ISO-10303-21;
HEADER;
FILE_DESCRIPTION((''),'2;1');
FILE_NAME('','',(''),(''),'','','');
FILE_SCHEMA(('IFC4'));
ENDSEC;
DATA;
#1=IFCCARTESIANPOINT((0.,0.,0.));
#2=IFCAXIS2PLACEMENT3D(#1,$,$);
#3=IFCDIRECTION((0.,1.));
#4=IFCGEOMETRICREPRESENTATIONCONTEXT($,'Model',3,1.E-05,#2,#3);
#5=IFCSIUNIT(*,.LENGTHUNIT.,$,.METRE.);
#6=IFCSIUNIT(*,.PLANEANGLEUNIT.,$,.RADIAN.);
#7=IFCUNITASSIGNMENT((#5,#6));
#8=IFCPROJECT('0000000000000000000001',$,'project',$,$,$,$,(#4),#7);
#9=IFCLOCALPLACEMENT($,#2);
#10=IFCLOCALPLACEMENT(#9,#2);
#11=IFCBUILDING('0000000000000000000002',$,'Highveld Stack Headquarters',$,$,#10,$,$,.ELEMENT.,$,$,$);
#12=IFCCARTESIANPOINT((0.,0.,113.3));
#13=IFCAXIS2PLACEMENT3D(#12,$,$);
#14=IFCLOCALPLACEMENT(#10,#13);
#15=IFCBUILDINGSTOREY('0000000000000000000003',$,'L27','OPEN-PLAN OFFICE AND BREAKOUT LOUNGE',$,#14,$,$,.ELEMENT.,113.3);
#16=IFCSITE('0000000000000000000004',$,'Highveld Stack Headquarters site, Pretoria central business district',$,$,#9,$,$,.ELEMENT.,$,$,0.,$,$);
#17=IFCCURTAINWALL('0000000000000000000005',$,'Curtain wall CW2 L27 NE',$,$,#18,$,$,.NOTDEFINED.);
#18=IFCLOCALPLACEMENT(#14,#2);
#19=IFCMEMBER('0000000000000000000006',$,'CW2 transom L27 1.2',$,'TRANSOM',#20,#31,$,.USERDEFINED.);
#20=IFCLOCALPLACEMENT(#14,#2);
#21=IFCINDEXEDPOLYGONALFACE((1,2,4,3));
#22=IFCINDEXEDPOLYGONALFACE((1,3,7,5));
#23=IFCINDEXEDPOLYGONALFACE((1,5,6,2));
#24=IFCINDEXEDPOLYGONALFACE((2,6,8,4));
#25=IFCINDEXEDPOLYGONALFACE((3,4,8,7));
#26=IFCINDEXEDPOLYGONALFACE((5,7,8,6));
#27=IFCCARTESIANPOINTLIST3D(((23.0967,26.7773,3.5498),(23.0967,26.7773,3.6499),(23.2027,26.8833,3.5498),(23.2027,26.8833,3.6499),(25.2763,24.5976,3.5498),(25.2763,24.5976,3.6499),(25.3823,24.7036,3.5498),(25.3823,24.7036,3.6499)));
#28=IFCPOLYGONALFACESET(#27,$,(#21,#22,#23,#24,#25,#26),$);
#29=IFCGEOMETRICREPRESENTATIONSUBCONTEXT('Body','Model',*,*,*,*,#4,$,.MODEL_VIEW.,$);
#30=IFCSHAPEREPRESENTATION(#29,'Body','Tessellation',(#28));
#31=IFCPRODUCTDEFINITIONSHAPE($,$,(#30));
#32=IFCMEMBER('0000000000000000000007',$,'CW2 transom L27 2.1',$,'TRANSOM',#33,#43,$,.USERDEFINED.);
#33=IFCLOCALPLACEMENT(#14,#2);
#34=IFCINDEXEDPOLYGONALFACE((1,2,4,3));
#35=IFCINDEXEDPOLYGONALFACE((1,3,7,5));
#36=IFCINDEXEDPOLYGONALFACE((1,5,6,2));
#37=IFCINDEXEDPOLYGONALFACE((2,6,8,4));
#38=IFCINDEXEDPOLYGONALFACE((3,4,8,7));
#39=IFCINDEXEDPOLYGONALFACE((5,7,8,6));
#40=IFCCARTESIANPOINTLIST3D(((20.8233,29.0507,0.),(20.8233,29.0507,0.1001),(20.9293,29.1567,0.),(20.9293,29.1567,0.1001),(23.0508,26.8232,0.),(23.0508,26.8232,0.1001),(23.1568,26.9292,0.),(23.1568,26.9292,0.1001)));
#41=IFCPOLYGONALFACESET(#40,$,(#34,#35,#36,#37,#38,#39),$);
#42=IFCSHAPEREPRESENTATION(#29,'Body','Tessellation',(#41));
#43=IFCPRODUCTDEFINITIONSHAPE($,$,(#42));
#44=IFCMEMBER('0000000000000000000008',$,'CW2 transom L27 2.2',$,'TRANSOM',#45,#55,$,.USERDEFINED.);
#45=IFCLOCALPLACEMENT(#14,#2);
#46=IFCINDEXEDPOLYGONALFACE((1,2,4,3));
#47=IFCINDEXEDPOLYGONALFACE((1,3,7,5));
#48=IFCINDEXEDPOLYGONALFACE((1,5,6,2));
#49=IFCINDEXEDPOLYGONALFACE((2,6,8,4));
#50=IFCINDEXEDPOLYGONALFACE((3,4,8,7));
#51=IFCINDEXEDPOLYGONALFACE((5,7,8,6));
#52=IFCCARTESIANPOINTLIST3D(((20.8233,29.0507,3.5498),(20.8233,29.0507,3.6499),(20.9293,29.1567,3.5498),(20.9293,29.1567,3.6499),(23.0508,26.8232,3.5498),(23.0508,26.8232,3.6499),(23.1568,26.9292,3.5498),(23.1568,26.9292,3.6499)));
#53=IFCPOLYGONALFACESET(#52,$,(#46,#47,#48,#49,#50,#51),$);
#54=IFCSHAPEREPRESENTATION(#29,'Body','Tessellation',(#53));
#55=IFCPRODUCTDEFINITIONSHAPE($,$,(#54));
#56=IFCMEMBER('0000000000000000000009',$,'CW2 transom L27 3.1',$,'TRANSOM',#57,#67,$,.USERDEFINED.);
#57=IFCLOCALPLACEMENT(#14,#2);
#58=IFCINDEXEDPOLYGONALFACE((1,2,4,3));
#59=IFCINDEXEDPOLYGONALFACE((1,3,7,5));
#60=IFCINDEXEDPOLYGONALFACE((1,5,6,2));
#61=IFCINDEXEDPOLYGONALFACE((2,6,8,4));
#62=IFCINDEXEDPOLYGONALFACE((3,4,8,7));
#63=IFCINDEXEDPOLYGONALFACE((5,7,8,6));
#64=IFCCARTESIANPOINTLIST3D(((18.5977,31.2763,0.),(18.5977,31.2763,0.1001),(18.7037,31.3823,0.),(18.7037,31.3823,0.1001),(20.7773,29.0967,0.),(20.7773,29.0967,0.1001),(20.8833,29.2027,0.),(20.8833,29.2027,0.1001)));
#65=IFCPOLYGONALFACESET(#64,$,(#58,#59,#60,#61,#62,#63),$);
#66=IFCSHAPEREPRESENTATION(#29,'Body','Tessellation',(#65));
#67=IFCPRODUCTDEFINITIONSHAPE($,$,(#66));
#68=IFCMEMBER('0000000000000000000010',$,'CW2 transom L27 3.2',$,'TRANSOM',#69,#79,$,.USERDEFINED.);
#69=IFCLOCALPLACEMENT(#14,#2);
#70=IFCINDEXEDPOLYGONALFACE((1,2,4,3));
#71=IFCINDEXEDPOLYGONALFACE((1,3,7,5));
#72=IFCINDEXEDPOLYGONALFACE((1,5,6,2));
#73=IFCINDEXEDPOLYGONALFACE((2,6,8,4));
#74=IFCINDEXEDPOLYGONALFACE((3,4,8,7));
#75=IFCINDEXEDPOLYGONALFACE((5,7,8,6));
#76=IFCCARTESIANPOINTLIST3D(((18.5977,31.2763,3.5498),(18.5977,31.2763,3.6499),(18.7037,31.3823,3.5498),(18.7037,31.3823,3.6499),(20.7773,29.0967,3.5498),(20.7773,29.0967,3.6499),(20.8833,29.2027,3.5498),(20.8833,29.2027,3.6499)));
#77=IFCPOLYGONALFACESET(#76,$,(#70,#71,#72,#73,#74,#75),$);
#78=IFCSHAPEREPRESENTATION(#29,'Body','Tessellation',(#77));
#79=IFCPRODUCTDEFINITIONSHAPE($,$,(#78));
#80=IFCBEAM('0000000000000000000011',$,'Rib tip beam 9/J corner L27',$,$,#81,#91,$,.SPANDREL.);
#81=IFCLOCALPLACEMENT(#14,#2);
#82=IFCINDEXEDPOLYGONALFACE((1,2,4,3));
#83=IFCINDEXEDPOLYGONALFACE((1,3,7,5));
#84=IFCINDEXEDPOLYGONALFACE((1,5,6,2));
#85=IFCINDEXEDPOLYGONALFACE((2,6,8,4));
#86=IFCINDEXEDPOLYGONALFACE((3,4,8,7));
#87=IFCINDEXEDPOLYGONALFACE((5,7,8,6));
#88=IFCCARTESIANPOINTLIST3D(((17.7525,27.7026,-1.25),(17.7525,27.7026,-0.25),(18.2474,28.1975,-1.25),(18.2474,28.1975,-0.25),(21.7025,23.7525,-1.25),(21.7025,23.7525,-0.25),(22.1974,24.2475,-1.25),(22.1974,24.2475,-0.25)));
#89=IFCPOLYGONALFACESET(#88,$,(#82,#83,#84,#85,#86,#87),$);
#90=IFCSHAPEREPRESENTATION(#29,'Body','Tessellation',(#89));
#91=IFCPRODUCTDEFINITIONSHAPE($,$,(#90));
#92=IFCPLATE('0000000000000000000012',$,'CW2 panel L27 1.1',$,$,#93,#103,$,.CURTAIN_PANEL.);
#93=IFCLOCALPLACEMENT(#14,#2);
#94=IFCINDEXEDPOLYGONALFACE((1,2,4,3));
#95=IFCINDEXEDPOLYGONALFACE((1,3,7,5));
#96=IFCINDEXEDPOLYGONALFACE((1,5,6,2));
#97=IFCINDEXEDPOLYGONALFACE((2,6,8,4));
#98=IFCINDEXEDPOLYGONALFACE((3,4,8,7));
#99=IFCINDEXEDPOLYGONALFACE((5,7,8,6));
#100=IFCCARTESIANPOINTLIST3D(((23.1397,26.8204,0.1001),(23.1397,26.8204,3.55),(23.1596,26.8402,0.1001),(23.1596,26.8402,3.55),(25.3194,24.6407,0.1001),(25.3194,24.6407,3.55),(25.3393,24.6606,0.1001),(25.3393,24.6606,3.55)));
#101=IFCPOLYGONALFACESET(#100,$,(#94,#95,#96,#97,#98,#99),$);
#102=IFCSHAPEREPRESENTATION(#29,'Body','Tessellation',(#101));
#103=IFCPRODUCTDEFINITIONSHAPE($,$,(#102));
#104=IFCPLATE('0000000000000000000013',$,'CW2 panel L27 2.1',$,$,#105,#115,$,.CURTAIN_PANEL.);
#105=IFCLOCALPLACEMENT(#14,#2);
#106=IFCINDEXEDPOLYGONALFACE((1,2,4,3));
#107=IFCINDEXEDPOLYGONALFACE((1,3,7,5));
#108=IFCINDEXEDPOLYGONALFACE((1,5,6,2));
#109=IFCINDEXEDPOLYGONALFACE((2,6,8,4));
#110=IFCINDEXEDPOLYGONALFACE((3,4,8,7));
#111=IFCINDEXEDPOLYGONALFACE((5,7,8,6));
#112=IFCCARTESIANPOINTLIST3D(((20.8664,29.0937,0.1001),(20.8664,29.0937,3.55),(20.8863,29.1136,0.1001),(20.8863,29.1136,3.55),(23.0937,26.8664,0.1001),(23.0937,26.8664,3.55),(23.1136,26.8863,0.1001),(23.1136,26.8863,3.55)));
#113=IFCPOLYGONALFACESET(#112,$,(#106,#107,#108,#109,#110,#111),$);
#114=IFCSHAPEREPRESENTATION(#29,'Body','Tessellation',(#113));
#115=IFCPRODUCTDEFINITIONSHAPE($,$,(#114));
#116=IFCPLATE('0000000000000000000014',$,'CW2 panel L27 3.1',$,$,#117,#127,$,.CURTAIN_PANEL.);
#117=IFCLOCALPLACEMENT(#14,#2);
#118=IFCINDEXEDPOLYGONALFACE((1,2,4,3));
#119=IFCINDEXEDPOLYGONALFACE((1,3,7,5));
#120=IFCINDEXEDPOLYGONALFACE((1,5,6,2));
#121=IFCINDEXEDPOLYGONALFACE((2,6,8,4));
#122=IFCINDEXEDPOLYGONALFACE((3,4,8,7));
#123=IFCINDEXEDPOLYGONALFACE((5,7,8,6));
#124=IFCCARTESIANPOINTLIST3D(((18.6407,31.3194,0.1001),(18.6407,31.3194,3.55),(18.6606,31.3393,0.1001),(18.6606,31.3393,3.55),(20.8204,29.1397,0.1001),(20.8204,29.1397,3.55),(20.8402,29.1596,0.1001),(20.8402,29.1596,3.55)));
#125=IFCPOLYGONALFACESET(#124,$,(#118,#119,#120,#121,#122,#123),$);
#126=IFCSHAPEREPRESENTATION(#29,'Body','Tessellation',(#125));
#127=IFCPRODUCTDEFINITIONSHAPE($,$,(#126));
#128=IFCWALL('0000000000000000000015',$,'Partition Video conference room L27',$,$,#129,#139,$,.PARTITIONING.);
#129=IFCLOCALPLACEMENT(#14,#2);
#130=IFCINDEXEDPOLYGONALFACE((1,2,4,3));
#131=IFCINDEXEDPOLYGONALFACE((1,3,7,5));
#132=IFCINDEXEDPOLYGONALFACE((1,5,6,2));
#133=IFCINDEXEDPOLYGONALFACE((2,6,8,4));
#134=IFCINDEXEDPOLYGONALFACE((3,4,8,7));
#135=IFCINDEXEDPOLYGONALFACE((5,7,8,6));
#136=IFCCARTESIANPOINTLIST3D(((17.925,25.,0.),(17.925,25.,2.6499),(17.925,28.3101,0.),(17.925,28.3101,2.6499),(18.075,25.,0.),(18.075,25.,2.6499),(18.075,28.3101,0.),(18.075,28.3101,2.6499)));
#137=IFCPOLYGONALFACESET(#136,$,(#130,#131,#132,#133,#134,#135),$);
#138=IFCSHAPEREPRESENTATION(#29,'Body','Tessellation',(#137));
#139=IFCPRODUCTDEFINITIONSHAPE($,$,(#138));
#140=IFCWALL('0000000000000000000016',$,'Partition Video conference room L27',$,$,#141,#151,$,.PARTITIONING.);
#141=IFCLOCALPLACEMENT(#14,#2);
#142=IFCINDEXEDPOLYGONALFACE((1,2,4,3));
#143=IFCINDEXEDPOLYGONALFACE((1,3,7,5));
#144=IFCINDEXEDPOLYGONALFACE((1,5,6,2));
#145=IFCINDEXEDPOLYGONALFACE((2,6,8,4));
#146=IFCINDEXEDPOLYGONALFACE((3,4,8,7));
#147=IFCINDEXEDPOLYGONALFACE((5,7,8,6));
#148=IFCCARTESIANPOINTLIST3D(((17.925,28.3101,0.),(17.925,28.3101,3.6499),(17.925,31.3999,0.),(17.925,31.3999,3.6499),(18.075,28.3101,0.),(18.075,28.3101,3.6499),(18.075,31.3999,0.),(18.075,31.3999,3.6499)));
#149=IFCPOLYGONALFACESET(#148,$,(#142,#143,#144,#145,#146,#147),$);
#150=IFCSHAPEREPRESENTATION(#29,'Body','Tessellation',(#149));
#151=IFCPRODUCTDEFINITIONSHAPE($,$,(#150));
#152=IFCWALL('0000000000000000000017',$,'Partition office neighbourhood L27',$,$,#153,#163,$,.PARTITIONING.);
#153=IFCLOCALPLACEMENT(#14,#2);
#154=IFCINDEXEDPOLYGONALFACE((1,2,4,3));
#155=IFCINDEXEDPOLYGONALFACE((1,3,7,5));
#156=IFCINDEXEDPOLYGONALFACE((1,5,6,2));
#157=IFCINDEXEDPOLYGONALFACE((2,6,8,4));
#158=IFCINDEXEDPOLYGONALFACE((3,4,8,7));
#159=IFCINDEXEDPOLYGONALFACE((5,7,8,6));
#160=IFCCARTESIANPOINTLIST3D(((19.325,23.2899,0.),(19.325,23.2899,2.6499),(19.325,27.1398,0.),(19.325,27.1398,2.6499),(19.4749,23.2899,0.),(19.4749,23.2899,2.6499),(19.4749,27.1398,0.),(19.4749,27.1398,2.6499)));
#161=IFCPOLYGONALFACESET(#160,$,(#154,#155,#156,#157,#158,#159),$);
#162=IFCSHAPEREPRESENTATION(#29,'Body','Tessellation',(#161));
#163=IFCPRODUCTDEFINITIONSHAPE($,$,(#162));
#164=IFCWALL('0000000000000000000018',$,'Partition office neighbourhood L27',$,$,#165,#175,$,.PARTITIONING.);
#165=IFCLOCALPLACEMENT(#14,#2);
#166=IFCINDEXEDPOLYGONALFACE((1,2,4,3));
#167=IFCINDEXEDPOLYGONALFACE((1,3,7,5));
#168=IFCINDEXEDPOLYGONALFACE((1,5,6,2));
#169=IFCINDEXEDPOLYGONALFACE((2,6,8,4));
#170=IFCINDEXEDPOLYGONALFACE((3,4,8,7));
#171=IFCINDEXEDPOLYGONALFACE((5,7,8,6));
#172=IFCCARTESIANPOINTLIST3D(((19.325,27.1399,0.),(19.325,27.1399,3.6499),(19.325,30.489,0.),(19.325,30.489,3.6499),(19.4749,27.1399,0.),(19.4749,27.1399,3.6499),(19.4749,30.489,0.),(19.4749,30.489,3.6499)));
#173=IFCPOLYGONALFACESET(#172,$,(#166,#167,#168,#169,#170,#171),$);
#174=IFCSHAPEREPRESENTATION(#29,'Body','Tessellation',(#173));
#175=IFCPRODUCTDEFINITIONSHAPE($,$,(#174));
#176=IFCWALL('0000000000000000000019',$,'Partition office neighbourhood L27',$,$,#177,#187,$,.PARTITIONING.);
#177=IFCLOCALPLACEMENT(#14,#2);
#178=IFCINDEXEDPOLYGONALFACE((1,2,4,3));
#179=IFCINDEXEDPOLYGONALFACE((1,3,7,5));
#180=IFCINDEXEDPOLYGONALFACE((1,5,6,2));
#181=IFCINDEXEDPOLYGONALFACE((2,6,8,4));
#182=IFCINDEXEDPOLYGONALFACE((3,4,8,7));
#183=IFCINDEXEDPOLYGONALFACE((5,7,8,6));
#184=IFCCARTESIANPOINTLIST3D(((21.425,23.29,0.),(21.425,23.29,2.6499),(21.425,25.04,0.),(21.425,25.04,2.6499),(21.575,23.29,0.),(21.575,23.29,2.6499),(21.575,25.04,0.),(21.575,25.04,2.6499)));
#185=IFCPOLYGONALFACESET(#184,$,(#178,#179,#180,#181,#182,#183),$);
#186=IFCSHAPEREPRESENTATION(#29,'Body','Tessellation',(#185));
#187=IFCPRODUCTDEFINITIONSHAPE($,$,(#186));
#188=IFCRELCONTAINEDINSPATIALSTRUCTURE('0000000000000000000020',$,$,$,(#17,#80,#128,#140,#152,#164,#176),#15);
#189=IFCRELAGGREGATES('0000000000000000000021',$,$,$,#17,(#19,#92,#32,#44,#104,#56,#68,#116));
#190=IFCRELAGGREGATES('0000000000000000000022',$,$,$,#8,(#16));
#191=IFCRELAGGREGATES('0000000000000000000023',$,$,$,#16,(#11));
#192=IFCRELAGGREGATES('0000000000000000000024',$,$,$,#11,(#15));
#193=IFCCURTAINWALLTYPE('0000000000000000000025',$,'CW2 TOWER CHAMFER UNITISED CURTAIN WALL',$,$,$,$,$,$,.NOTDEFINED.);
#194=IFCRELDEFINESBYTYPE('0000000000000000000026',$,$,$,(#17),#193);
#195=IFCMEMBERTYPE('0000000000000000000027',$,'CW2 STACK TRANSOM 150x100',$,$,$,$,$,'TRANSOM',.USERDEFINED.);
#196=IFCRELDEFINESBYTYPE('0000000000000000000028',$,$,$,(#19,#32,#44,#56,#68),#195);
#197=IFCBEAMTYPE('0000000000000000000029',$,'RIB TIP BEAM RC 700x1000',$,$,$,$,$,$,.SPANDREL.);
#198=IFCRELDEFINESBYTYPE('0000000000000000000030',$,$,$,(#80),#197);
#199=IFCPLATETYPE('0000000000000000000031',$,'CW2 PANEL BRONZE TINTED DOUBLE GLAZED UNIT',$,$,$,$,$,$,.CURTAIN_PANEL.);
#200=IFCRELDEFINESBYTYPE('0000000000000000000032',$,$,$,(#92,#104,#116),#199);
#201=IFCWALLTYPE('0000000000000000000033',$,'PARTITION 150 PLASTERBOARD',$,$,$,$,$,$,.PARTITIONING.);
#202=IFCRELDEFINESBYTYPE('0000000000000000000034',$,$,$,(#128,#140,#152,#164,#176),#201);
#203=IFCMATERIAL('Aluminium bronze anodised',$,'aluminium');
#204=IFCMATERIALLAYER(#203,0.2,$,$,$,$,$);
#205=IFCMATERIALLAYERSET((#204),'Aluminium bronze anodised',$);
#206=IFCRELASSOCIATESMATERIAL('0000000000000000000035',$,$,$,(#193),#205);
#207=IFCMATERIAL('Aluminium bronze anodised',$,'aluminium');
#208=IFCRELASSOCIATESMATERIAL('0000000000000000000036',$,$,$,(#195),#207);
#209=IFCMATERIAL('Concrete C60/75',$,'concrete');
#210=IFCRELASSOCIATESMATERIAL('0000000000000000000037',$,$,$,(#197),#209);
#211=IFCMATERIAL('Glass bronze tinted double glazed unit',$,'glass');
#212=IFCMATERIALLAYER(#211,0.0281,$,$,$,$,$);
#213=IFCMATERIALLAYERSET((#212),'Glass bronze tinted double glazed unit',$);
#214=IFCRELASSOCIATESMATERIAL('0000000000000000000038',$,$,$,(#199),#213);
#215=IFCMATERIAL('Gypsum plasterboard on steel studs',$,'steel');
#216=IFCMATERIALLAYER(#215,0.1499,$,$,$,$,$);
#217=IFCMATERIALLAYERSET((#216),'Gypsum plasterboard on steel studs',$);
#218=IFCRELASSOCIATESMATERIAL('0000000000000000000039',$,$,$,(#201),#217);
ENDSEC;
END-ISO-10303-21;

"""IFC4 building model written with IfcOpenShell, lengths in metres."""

from ifc_helpers import new_model, si_unit, direction, frame, frame_2d, origin, origin_2d, place, context, subcontext, project, spatial, rectangle, extrude, material, layer, layer_set, material_profile, profile_set, type_object, element, aggregate, save


model = new_model("IFC4")

# Units and contexts
model_context = context("Model", 3, precision=1e-05, world=origin(), true_north=direction((0.0, 1.0)))
body_context = subcontext(model_context, "Body", "Model", "MODEL_VIEW")
ifc_project = project(units=[si_unit("LENGTHUNIT", "METRE"), si_unit("PLANEANGLEUNIT", "RADIAN")], contexts=[model_context])

# Site, building, storey
site_placement = place(None, origin())
site = spatial("IfcSite", under=ifc_project, at=site_placement, Name="Highveld Stack Headquarters site, Pretoria central business district", CompositionType="ELEMENT", RefElevation=0.0)
building_placement = place(site_placement, origin())
building = spatial("IfcBuilding", under=site, at=building_placement, Name="Highveld Stack Headquarters", CompositionType="ELEMENT")
storey_placement = place(building_placement, frame((0.0, 0.0, 113.3)))
storey = spatial("IfcBuildingStorey", under=building, at=storey_placement, Name="L27", Description="OPEN-PLAN OFFICE AND BREAKOUT LOUNGE", CompositionType="ELEMENT", Elevation=113.3)

# Curtain wall, members
ifc_material_1 = material(Name="Aluminium bronze anodised", Category="aluminium")
ifc_layer_1 = layer(ifc_material_1, 0.2)
ifc_layer_set_1 = layer_set([ifc_layer_1], Name="Aluminium bronze anodised")
curtain_wall_type_1 = type_object("IfcCurtainWallType", Name="CW2 TOWER CHAMFER UNITISED CURTAIN WALL", PredefinedType="NOTDEFINED", material=ifc_layer_set_1)
curtain_wall_1_placement = place(storey_placement, origin())
curtain_wall_1 = element("IfcCurtainWall", 1, at=curtain_wall_1_placement, inside=storey, type_object=curtain_wall_type_1, Name="Curtain wall CW2 L27 NE", PredefinedType="NOTDEFINED")
ifc_material_2 = material(Name="Aluminium bronze anodised", Category="aluminium")
ifc_material_profile_1 = material_profile(ifc_material_2, rectangle(XDim=0.1499, YDim=0.1001, at=origin_2d()), Name="CW2 TRANSOM 150x100")
ifc_profile_set_1 = profile_set([ifc_material_profile_1], Name="Aluminium bronze anodised")
member_type_1 = type_object("IfcMemberType", Name="CW2 STACK TRANSOM 150x100", ElementType="TRANSOM", PredefinedType="USERDEFINED", material=ifc_profile_set_1)
member_1_placement = place(storey_placement, frame((25.3293, 24.6506, 3.5999), z_axis=(-0.707107, 0.707107, 0.0), x_axis=(-0.707107, -0.707107, 0.0)))
member_1 = element("IfcMember", 2, at=member_1_placement, type_object=member_type_1, Name="CW2 transom L27 1.2", ObjectType="TRANSOM", PredefinedType="USERDEFINED", context=body_context, shape_type="SweptSolid", body=[
    extrude(rectangle(XDim=0.1499, YDim=0.1001, at=origin_2d()), origin(), (0.0, 0.0, 1.0), 3.0825),
])
member_2_placement = place(storey_placement, frame((23.1038, 26.8762, 0.05), z_axis=(-0.707107, 0.707107, 0.0), x_axis=(-0.707107, -0.707107, 0.0)))
member_2 = element("IfcMember", 3, at=member_2_placement, type_object=member_type_1, Name="CW2 transom L27 2.1", ObjectType="TRANSOM", PredefinedType="USERDEFINED", context=body_context, shape_type="SweptSolid", body=[
    extrude(rectangle(XDim=0.1499, YDim=0.1001, at=origin_2d()), origin(), (0.0, 0.0, 1.0), 3.1501),
])
member_3_placement = place(storey_placement, frame((23.1038, 26.8762, 3.5999), z_axis=(-0.707107, 0.707107, 0.0), x_axis=(-0.707107, -0.707107, 0.0)))
member_3 = element("IfcMember", 4, at=member_3_placement, type_object=member_type_1, Name="CW2 transom L27 2.2", ObjectType="TRANSOM", PredefinedType="USERDEFINED", context=body_context, shape_type="SweptSolid", body=[
    extrude(rectangle(XDim=0.1499, YDim=0.1001, at=origin_2d()), origin(), (0.0, 0.0, 1.0), 3.1501),
])
member_4_placement = place(storey_placement, frame((20.8303, 29.1497, 0.05), z_axis=(-0.707107, 0.707107, 0.0), x_axis=(-0.707107, -0.707107, 0.0)))
member_4 = element("IfcMember", 5, at=member_4_placement, type_object=member_type_1, Name="CW2 transom L27 3.1", ObjectType="TRANSOM", PredefinedType="USERDEFINED", context=body_context, shape_type="SweptSolid", body=[
    extrude(rectangle(XDim=0.1499, YDim=0.1001, at=origin_2d()), origin(), (0.0, 0.0, 1.0), 3.0825),
])
member_5_placement = place(storey_placement, frame((20.8303, 29.1497, 3.5999), z_axis=(-0.707107, 0.707107, 0.0), x_axis=(-0.707107, -0.707107, 0.0)))
member_5 = element("IfcMember", 6, at=member_5_placement, type_object=member_type_1, Name="CW2 transom L27 3.2", ObjectType="TRANSOM", PredefinedType="USERDEFINED", context=body_context, shape_type="SweptSolid", body=[
    extrude(rectangle(XDim=0.1499, YDim=0.1001, at=origin_2d()), origin(), (0.0, 0.0, 1.0), 3.0825),
])

# Beam
ifc_material_3 = material(Name="Concrete C60/75", Category="concrete")
ifc_material_profile_2 = material_profile(ifc_material_3, rectangle(XDim=0.7, YDim=1.0, at=origin_2d()), Name="RC 700x1000")
ifc_profile_set_2 = profile_set([ifc_material_profile_2], Name="Concrete C60/75")
beam_type_1 = type_object("IfcBeamType", Name="RIB TIP BEAM RC 700x1000", PredefinedType="SPANDREL", material=ifc_profile_set_2)
beam_1_placement = place(storey_placement, frame((21.95, 24.0, -0.75), z_axis=(-0.707107, 0.707107, 0.0), x_axis=(-0.707107, -0.707107, 0.0)))
element("IfcBeam", 7, at=beam_1_placement, inside=storey, type_object=beam_type_1, Name="Rib tip beam 9/J corner L27", PredefinedType="SPANDREL", context=body_context, shape_type="SweptSolid", body=[
    extrude(rectangle(XDim=0.7, YDim=1.0, at=origin_2d()), origin(), (0.0, 0.0, 1.0), 5.5862),
])

# Plates
ifc_material_4 = material(Name="Glass bronze tinted double glazed unit", Category="glass")
ifc_layer_2 = layer(ifc_material_4, 0.0281)
ifc_layer_set_2 = layer_set([ifc_layer_2], Name="Glass bronze tinted double glazed unit")
plate_type = type_object("IfcPlateType", Name="CW2 PANEL BRONZE TINTED DOUBLE GLAZED UNIT", PredefinedType="CURTAIN_PANEL", material=ifc_layer_set_2)
plate_1_placement = place(storey_placement, frame((24.2395, 25.7405, 0.1001), z_axis=(0.0, 0.0, 1.0), x_axis=(-0.707107, 0.707107, 0.0)))
plate_1 = element("IfcPlate", 8, at=plate_1_placement, type_object=plate_type, Name="CW2 panel L27 1.1", PredefinedType="CURTAIN_PANEL", context=body_context, shape_type="SweptSolid", body=[
    extrude(rectangle(XDim=3.0825, YDim=0.0281, at=origin_2d()), origin(), (0.0, 0.0, 1.0), 3.45),
])
plate_2_placement = place(storey_placement, frame((21.99, 27.99, 0.1001), z_axis=(0.0, 0.0, 1.0), x_axis=(-0.707107, 0.707107, 0.0)))
plate_2 = element("IfcPlate", 9, at=plate_2_placement, type_object=plate_type, Name="CW2 panel L27 2.1", PredefinedType="CURTAIN_PANEL", context=body_context, shape_type="SweptSolid", body=[
    extrude(rectangle(XDim=3.1499, YDim=0.0281, at=origin_2d()), origin(), (0.0, 0.0, 1.0), 3.45),
])
plate_3_placement = place(storey_placement, frame((19.7405, 30.2395, 0.1001), z_axis=(0.0, 0.0, 1.0), x_axis=(-0.707107, 0.707107, 0.0)))
plate_3 = element("IfcPlate", 10, at=plate_3_placement, type_object=plate_type, Name="CW2 panel L27 3.1", PredefinedType="CURTAIN_PANEL", context=body_context, shape_type="SweptSolid", body=[
    extrude(rectangle(XDim=3.0825, YDim=0.0281, at=origin_2d()), origin(), (0.0, 0.0, 1.0), 3.45),
])
aggregate(curtain_wall_1, [member_1, plate_1, member_2, member_3, plate_2, member_4, member_5, plate_3])

# Walls
ifc_material_5 = material(Name="Gypsum plasterboard on steel studs", Category="steel")
ifc_layer_3 = layer(ifc_material_5, 0.1499)
ifc_layer_set_3 = layer_set([ifc_layer_3], Name="Gypsum plasterboard on steel studs")
wall_type = type_object("IfcWallType", Name="PARTITION 150 PLASTERBOARD", PredefinedType="PARTITIONING", material=ifc_layer_set_3)
wall_1_placement = place(storey_placement, frame((18.0, 25.0, 0.0), z_axis=(0.0, 0.0, 1.0), x_axis=(0.0, 1.0, 0.0)))
element("IfcWall", 11, at=wall_1_placement, inside=storey, type_object=wall_type, Name="Partition Video conference room L27", PredefinedType="PARTITIONING", context=body_context, shape_type="SweptSolid", body=[
    extrude(rectangle(XDim=3.3101, YDim=0.1499, at=frame_2d((1.655, 0.0))), origin(), (0.0, 0.0, 1.0), 2.6499),
])
wall_2_placement = place(storey_placement, frame((18.0, 28.3101, 0.0), z_axis=(0.0, 0.0, 1.0), x_axis=(0.0, 1.0, 0.0)))
element("IfcWall", 12, at=wall_2_placement, inside=storey, type_object=wall_type, Name="Partition Video conference room L27", PredefinedType="PARTITIONING", context=body_context, shape_type="SweptSolid", body=[
    extrude(rectangle(XDim=3.0898, YDim=0.1499, at=frame_2d((1.5449, 0.0))), origin(), (0.0, 0.0, 1.0), 3.6499),
])
wall_3_placement = place(storey_placement, frame((19.3999, 23.29, 0.0), z_axis=(0.0, 0.0, 1.0), x_axis=(0.0, 1.0, 0.0)))
element("IfcWall", 13, at=wall_3_placement, inside=storey, type_object=wall_type, Name="Partition office neighbourhood L27", PredefinedType="PARTITIONING", context=body_context, shape_type="SweptSolid", body=[
    extrude(rectangle(XDim=3.8499, YDim=0.1499, at=frame_2d((1.9248, 0.0))), origin(), (0.0, 0.0, 1.0), 2.6499),
])
wall_4_placement = place(storey_placement, frame((19.3999, 27.1399, 0.0), z_axis=(0.0, 0.0, 1.0), x_axis=(0.0, 1.0, 0.0)))
element("IfcWall", 14, at=wall_4_placement, inside=storey, type_object=wall_type, Name="Partition office neighbourhood L27", PredefinedType="PARTITIONING", context=body_context, shape_type="SweptSolid", body=[
    extrude(rectangle(XDim=3.3491, YDim=0.1499, at=frame_2d((1.6746, 0.0))), origin(), (0.0, 0.0, 1.0), 3.6499),
])
wall_5_placement = place(storey_placement, frame((21.5, 23.29, 0.0), z_axis=(0.0, 0.0, 1.0), x_axis=(0.0, 1.0, 0.0)))
element("IfcWall", 15, at=wall_5_placement, inside=storey, type_object=wall_type, Name="Partition office neighbourhood L27", PredefinedType="PARTITIONING", context=body_context, shape_type="SweptSolid", body=[
    extrude(rectangle(XDim=1.75, YDim=0.1499, at=frame_2d((0.875, 0.0))), origin(), (0.0, 0.0, 1.0), 2.6499),
])

save(model, "model.ifc")
